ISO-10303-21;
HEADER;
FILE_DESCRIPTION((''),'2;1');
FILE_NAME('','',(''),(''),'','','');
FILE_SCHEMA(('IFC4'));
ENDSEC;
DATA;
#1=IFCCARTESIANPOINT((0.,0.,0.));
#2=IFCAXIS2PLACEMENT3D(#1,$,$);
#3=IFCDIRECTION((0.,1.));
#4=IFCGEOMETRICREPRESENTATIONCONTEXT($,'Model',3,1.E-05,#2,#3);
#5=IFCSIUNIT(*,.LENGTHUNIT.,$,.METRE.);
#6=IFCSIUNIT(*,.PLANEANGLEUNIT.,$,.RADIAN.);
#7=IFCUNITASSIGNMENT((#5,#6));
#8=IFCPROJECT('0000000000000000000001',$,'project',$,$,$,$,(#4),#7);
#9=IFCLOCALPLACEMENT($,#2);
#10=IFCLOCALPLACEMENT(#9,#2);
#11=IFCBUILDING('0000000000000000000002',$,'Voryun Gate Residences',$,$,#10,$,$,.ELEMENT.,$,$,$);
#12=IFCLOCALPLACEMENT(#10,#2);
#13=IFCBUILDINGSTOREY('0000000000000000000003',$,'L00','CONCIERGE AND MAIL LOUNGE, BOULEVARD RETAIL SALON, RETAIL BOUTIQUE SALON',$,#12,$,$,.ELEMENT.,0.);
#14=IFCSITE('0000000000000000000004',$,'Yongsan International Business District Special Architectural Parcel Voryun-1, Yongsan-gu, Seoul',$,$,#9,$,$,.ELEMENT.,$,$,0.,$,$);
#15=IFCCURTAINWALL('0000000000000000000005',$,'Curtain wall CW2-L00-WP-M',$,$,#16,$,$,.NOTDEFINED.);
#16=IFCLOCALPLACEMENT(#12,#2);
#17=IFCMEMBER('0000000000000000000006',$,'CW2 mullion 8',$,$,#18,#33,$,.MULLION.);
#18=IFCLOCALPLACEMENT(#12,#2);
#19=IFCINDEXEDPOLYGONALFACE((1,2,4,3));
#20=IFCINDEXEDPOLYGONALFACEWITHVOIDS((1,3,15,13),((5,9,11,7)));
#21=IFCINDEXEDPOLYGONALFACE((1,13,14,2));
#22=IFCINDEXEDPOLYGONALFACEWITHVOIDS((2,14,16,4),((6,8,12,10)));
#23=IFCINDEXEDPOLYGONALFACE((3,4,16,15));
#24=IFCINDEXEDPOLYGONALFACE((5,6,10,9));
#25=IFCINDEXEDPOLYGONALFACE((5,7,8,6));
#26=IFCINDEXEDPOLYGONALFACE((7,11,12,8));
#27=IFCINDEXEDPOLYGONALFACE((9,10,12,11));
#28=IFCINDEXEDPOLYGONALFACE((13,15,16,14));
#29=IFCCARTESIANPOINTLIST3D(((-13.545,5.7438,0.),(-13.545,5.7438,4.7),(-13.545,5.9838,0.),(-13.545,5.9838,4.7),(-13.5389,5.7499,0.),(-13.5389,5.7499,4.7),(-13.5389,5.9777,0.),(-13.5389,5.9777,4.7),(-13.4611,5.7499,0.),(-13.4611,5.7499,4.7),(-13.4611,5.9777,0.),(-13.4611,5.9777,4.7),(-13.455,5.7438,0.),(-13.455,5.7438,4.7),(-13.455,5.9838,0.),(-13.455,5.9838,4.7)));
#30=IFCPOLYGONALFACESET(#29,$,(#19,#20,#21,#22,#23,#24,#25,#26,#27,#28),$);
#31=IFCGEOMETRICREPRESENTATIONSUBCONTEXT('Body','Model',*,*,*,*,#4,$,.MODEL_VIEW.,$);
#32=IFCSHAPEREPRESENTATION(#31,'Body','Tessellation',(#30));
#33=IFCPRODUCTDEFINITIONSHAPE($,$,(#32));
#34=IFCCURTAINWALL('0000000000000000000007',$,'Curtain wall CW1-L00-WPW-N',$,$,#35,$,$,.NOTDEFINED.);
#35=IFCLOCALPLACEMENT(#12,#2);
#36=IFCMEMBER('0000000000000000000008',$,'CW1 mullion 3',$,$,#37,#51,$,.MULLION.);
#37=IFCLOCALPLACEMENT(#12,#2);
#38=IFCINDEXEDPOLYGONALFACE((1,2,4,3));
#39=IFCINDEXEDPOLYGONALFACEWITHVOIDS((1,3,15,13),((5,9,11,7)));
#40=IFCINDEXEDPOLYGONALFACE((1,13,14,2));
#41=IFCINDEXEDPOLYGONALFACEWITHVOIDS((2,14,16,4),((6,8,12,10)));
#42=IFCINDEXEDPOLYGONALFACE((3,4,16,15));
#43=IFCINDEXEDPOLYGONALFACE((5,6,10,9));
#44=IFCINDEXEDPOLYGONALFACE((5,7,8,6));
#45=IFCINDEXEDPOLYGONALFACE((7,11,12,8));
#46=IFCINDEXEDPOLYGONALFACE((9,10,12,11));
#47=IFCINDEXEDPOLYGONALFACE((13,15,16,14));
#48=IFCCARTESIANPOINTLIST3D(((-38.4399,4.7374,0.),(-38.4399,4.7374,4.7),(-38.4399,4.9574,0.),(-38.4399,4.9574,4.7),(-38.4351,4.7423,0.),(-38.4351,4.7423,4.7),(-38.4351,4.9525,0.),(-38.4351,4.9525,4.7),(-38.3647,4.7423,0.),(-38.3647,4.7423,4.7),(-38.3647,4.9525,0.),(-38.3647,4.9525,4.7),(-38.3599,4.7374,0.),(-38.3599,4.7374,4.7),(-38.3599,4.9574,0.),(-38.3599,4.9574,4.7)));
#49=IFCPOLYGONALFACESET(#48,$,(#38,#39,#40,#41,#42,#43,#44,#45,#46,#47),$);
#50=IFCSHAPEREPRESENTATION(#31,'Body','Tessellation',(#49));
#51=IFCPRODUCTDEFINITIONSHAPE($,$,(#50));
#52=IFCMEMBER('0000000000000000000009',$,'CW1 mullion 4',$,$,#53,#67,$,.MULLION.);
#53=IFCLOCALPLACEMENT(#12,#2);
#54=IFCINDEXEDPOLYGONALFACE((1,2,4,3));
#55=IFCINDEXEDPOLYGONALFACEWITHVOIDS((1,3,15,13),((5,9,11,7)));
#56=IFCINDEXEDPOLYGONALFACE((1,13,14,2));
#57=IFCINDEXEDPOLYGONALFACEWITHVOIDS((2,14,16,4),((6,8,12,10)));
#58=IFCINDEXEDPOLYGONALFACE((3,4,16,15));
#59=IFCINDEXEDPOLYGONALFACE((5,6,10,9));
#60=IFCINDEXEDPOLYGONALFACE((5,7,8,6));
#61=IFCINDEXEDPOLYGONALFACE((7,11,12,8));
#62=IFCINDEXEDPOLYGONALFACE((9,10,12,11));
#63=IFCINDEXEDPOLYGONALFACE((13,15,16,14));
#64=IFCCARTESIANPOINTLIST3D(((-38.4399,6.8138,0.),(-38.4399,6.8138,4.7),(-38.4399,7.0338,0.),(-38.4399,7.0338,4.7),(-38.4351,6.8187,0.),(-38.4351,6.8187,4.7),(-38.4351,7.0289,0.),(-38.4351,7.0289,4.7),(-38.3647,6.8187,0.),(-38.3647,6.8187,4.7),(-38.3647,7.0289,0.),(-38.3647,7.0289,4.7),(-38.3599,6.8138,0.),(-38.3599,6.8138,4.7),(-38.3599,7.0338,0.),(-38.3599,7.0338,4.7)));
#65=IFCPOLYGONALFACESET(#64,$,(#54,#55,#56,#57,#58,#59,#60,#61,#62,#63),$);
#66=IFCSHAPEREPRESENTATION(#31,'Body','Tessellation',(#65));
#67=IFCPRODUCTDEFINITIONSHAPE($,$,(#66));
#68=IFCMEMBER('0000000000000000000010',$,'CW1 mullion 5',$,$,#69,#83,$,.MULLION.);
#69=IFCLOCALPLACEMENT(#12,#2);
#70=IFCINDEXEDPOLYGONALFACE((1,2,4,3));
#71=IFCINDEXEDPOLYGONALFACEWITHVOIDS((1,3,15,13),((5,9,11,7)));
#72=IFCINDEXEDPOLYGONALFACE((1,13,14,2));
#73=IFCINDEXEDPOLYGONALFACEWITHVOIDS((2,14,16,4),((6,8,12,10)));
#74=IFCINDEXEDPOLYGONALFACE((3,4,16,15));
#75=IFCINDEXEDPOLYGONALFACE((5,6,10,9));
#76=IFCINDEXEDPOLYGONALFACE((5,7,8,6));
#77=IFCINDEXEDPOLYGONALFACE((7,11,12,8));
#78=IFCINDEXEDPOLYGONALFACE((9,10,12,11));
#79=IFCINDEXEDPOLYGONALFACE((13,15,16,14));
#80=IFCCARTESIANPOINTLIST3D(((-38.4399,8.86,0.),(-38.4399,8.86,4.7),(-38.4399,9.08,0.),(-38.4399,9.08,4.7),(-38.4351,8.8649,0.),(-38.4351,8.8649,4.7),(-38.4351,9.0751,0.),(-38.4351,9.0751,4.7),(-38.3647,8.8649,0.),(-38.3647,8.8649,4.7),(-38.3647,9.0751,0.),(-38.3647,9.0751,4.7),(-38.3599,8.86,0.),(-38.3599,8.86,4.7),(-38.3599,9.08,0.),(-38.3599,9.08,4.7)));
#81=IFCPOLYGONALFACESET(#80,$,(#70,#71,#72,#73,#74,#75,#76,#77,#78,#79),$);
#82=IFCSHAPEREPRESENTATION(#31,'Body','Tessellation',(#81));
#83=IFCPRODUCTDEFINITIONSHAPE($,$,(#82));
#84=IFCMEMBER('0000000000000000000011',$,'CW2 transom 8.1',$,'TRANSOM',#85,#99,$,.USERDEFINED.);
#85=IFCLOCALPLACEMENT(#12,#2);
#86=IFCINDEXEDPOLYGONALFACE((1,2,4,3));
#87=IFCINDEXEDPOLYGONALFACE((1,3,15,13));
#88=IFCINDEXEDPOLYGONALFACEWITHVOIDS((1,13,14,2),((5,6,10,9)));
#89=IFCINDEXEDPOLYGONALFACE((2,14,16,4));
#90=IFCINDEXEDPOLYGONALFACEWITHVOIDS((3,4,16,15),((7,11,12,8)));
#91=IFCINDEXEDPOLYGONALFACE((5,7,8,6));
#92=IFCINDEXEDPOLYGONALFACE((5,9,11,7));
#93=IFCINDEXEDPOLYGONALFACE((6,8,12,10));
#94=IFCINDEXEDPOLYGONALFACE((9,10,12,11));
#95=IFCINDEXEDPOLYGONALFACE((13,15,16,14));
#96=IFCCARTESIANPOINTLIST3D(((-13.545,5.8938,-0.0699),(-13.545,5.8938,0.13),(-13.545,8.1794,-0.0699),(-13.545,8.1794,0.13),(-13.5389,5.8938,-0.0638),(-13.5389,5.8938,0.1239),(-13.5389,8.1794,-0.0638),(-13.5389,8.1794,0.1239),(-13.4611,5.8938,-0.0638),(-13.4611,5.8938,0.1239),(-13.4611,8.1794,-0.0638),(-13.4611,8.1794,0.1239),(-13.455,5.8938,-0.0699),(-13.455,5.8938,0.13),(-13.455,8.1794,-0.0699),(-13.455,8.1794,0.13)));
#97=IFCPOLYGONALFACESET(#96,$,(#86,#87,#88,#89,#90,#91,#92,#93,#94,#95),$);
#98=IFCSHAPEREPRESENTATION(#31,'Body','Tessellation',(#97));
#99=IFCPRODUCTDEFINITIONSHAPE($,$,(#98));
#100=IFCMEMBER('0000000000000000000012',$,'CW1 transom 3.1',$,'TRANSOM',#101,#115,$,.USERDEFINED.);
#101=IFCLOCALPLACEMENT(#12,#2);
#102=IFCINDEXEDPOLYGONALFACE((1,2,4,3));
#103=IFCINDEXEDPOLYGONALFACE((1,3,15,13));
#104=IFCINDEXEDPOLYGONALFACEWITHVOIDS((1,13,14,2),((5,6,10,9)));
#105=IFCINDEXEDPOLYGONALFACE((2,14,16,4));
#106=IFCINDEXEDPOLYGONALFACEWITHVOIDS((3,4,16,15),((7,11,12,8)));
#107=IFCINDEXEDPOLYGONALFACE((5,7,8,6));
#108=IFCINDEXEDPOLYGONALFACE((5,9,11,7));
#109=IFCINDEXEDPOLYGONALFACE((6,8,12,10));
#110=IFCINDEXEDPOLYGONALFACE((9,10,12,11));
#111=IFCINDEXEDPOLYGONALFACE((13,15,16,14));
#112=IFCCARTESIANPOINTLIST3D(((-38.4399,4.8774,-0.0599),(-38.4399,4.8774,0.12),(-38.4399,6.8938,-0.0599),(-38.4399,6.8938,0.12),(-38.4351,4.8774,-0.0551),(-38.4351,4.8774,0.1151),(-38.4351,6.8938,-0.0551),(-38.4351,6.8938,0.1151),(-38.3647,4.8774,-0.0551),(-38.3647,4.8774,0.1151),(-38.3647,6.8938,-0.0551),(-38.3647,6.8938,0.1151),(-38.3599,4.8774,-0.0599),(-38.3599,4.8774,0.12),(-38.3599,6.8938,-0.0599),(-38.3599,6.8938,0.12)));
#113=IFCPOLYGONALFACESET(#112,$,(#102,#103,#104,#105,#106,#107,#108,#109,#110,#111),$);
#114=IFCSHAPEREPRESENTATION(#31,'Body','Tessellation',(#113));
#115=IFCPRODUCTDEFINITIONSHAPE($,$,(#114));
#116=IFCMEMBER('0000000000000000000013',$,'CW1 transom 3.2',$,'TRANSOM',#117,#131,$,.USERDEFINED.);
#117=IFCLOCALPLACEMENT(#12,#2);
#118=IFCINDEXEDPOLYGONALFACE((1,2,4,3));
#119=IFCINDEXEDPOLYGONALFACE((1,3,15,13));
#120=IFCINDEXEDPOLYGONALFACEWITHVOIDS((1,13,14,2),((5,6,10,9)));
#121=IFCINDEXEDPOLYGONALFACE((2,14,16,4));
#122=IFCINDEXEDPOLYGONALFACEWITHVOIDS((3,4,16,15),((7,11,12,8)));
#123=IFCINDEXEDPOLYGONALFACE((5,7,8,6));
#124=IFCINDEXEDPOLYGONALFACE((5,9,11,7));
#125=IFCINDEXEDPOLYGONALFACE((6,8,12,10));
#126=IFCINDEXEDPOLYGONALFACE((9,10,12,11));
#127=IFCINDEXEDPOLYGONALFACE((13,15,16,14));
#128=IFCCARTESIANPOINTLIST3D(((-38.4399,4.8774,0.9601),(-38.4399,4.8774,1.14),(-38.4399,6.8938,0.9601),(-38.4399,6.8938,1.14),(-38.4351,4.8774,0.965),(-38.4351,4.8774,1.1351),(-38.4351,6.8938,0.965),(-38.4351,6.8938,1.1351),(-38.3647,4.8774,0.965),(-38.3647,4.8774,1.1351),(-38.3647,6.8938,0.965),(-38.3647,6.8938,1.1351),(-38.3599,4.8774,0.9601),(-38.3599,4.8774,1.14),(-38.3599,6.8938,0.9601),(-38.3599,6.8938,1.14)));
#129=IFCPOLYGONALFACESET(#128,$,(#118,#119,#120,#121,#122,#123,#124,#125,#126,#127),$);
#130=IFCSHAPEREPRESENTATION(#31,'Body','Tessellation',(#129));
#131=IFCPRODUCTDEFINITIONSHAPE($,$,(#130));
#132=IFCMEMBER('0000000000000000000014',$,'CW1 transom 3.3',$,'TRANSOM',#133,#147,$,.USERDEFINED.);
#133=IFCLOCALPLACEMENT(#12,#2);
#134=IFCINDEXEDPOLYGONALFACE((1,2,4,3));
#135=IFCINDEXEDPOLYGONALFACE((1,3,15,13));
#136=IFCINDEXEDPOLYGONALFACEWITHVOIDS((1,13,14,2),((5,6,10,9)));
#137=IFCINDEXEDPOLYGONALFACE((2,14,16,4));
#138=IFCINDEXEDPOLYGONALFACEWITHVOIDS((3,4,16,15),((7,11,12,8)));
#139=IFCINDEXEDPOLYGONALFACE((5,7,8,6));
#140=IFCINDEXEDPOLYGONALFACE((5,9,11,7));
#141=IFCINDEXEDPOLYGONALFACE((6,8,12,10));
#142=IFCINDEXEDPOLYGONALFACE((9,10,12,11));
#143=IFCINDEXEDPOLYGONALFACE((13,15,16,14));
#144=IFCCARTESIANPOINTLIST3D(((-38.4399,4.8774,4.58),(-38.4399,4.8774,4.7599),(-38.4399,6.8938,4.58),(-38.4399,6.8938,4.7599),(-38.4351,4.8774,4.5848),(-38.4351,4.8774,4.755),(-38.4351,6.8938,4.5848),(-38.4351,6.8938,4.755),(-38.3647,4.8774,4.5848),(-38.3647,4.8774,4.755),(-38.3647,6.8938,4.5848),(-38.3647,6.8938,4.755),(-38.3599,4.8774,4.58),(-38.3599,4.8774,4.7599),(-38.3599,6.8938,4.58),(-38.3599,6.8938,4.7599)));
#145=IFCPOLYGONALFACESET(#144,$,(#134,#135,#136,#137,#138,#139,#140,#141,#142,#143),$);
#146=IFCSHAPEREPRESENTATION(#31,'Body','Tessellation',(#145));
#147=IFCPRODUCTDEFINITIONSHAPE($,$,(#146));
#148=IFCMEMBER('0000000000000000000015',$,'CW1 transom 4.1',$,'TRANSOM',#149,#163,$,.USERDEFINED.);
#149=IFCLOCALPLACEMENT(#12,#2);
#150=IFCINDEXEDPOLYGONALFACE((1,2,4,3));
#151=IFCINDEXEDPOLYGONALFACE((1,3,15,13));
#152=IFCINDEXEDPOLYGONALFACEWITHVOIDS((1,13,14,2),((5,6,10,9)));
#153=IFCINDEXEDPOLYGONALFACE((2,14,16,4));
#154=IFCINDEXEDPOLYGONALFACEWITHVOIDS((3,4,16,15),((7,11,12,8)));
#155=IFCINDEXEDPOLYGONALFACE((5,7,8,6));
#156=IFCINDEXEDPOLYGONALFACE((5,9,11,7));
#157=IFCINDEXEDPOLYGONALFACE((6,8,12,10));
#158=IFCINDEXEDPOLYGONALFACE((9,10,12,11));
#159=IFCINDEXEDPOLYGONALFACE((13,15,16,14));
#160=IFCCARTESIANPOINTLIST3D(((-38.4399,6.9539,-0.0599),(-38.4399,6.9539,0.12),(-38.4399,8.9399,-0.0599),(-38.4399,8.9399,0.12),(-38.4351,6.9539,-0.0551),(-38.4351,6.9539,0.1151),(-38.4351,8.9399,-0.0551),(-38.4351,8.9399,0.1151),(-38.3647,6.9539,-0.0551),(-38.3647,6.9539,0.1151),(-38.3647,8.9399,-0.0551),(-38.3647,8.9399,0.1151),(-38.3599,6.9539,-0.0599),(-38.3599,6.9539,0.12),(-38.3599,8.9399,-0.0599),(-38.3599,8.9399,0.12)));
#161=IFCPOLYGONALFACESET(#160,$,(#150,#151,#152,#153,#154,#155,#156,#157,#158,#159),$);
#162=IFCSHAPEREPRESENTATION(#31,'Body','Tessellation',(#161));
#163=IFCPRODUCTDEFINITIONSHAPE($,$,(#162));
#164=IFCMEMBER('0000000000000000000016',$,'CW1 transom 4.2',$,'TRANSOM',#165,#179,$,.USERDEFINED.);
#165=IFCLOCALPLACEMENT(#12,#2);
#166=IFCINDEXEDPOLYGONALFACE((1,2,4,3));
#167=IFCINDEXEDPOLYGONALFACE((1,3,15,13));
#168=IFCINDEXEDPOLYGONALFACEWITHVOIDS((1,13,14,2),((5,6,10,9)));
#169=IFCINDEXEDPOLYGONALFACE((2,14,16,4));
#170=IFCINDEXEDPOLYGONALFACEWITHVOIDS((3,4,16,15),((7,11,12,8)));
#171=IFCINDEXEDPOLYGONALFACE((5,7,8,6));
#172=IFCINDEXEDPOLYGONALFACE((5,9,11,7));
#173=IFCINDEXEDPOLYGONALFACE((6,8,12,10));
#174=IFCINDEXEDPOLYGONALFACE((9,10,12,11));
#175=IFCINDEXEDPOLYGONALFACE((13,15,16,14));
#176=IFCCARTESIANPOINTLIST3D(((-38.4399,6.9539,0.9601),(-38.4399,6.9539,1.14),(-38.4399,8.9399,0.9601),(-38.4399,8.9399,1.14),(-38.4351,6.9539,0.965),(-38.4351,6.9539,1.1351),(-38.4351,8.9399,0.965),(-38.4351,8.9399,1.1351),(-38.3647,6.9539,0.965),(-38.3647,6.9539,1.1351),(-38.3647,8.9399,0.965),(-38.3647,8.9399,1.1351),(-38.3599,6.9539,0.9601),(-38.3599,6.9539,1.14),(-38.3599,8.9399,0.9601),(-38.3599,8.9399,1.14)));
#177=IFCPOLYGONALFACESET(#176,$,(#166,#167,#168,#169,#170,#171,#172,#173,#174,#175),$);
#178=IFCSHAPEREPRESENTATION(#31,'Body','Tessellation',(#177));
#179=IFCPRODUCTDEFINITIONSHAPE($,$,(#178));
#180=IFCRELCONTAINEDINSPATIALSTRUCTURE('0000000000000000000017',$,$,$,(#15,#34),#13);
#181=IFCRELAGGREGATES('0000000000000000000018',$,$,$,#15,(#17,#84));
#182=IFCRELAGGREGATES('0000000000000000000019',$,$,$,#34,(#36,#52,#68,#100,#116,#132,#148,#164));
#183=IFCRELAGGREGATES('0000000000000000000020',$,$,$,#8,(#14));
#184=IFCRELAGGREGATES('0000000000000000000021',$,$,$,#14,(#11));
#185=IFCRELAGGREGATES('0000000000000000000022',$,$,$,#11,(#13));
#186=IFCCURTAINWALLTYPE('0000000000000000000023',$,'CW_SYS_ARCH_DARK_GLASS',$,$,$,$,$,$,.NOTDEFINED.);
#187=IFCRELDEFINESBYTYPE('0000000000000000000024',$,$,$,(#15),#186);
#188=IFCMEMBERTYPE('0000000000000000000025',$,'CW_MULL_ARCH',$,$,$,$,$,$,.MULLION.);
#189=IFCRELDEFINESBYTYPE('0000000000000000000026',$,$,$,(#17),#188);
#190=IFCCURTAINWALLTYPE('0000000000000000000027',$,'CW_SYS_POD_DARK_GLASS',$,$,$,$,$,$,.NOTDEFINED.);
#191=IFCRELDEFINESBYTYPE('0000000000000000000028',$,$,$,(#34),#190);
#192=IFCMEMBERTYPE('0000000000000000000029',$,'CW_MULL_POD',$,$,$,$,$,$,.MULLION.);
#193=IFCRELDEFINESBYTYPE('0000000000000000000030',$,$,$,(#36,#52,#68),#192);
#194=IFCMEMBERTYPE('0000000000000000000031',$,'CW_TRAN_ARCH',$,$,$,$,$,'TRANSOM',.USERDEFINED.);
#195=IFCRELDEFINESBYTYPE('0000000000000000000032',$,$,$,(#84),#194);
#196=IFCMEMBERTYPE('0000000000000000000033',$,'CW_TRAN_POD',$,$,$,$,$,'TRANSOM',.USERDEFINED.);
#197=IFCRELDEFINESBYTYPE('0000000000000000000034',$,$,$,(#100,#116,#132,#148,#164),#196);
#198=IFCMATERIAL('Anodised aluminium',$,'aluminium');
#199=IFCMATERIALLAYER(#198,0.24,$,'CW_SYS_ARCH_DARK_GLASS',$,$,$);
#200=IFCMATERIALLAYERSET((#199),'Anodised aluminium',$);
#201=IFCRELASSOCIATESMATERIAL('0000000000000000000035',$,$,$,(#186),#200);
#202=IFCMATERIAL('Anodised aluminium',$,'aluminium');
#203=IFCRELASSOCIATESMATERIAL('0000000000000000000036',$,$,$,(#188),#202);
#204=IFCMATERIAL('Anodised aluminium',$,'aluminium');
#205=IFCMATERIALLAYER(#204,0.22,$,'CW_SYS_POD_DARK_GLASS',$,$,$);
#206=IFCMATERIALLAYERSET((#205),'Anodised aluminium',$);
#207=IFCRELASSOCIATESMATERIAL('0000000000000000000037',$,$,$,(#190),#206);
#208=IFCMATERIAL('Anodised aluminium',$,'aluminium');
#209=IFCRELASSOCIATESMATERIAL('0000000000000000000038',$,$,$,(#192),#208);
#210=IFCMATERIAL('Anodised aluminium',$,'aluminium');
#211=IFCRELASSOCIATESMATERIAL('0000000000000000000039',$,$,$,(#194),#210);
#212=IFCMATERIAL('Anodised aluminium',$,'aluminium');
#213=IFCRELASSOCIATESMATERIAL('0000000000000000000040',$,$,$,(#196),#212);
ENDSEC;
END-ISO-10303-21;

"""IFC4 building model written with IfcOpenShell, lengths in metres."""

from ifc_helpers import new_model, si_unit, direction, frame, origin, origin_2d, place, context, subcontext, project, spatial, hollow_rectangle, extrude, material, layer, layer_set, material_profile, profile_set, type_object, element, aggregate, save


model = new_model("IFC4")

# Units and contexts
model_context = context("Model", 3, precision=1e-05, world=origin(), true_north=direction((0.0, 1.0)))
body_context = subcontext(model_context, "Body", "Model", "MODEL_VIEW")
ifc_project = project(units=[si_unit("LENGTHUNIT", "METRE"), si_unit("PLANEANGLEUNIT", "RADIAN")], contexts=[model_context])

# Site, building, storey
site_placement = place(None, origin())
site = spatial("IfcSite", under=ifc_project, at=site_placement, Name="Yongsan International Business District Special Architectural Parcel Voryun-1, Yongsan-gu, Seoul", CompositionType="ELEMENT", RefElevation=0.0)
building_placement = place(site_placement, origin())
building = spatial("IfcBuilding", under=site, at=building_placement, Name="Voryun Gate Residences", CompositionType="ELEMENT")
storey_placement = place(building_placement, origin())
storey = spatial("IfcBuildingStorey", under=building, at=storey_placement, Name="L00", Description="CONCIERGE AND MAIL LOUNGE, BOULEVARD RETAIL SALON, RETAIL BOUTIQUE SALON", CompositionType="ELEMENT", Elevation=0.0)

# Curtain wall, member
ifc_material_1 = material(Name="Anodised aluminium", Category="aluminium")
ifc_layer_1 = layer(ifc_material_1, 0.24, Name="CW_SYS_ARCH_DARK_GLASS")
ifc_layer_set_1 = layer_set([ifc_layer_1], Name="Anodised aluminium")
curtain_wall_type_1 = type_object("IfcCurtainWallType", Name="CW_SYS_ARCH_DARK_GLASS", PredefinedType="NOTDEFINED", material=ifc_layer_set_1)
curtain_wall_1_placement = place(storey_placement, origin())
curtain_wall_1 = element("IfcCurtainWall", 1, at=curtain_wall_1_placement, inside=storey, type_object=curtain_wall_type_1, Name="Curtain wall CW2-L00-WP-M", PredefinedType="NOTDEFINED")
ifc_material_2 = material(Name="Anodised aluminium", Category="aluminium")
ifc_material_profile_1 = material_profile(ifc_material_2, hollow_rectangle(XDim=0.0901, YDim=0.24, WallThickness=0.0061, at=origin_2d()), Name="ALU-MULL-240x90x6")
ifc_profile_set_1 = profile_set([ifc_material_profile_1], Name="Anodised aluminium")
member_type_1 = type_object("IfcMemberType", Name="CW_MULL_ARCH", PredefinedType="MULLION", material=ifc_profile_set_1)
member_1_placement = place(storey_placement, frame((-13.5, 5.8638, 0.0), z_axis=(0.0, 0.0, 1.0), x_axis=(-1.0, 0.0, 0.0)))
member_1 = element("IfcMember", 2, at=member_1_placement, type_object=member_type_1, Name="CW2 mullion 8", PredefinedType="MULLION", context=body_context, shape_type="SweptSolid", body=[
    extrude(hollow_rectangle(XDim=0.0901, YDim=0.24, WallThickness=0.0061, at=origin_2d()), origin(), (0.0, 0.0, 1.0), 4.7),
])

# Curtain wall, members
ifc_material_3 = material(Name="Anodised aluminium", Category="aluminium")
ifc_layer_2 = layer(ifc_material_3, 0.22, Name="CW_SYS_POD_DARK_GLASS")
ifc_layer_set_2 = layer_set([ifc_layer_2], Name="Anodised aluminium")
curtain_wall_type_2 = type_object("IfcCurtainWallType", Name="CW_SYS_POD_DARK_GLASS", PredefinedType="NOTDEFINED", material=ifc_layer_set_2)
curtain_wall_2_placement = place(storey_placement, origin())
curtain_wall_2 = element("IfcCurtainWall", 3, at=curtain_wall_2_placement, inside=storey, type_object=curtain_wall_type_2, Name="Curtain wall CW1-L00-WPW-N", PredefinedType="NOTDEFINED")
ifc_material_4 = material(Name="Anodised aluminium", Category="aluminium")
ifc_material_profile_2 = material_profile(ifc_material_4, hollow_rectangle(XDim=0.0801, YDim=0.22, WallThickness=0.0049, at=origin_2d()), Name="ALU-MULL-220x80x5")
ifc_profile_set_2 = profile_set([ifc_material_profile_2], Name="Anodised aluminium")
member_type_2 = type_object("IfcMemberType", Name="CW_MULL_POD", PredefinedType="MULLION", material=ifc_profile_set_2)
member_2_placement = place(storey_placement, frame((-38.3999, 4.8474, 0.0), z_axis=(0.0, 0.0, 1.0), x_axis=(-1.0, 0.0, 0.0)))
member_2 = element("IfcMember", 4, at=member_2_placement, type_object=member_type_2, Name="CW1 mullion 3", PredefinedType="MULLION", context=body_context, shape_type="SweptSolid", body=[
    extrude(hollow_rectangle(XDim=0.0801, YDim=0.22, WallThickness=0.0049, at=origin_2d()), origin(), (0.0, 0.0, 1.0), 4.7),
])
member_3_placement = place(storey_placement, frame((-38.3999, 6.9238, 0.0), z_axis=(0.0, 0.0, 1.0), x_axis=(-1.0, 0.0, 0.0)))
member_3 = element("IfcMember", 5, at=member_3_placement, type_object=member_type_2, Name="CW1 mullion 4", PredefinedType="MULLION", context=body_context, shape_type="SweptSolid", body=[
    extrude(hollow_rectangle(XDim=0.0801, YDim=0.22, WallThickness=0.0049, at=origin_2d()), origin(), (0.0, 0.0, 1.0), 4.7),
])
member_4_placement = place(storey_placement, frame((-38.3999, 8.97, 0.0), z_axis=(0.0, 0.0, 1.0), x_axis=(-1.0, 0.0, 0.0)))
member_4 = element("IfcMember", 6, at=member_4_placement, type_object=member_type_2, Name="CW1 mullion 5", PredefinedType="MULLION", context=body_context, shape_type="SweptSolid", body=[
    extrude(hollow_rectangle(XDim=0.0801, YDim=0.22, WallThickness=0.0049, at=origin_2d()), origin(), (0.0, 0.0, 1.0), 4.7),
])

# Members
ifc_material_5 = material(Name="Anodised aluminium", Category="aluminium")
ifc_material_profile_3 = material_profile(ifc_material_5, hollow_rectangle(XDim=0.0901, YDim=0.2, WallThickness=0.0061, at=origin_2d()), Name="ALU-TRAN-200x90x6")
ifc_profile_set_3 = profile_set([ifc_material_profile_3], Name="Anodised aluminium")
member_type_3 = type_object("IfcMemberType", Name="CW_TRAN_ARCH", ElementType="TRANSOM", PredefinedType="USERDEFINED", material=ifc_profile_set_3)
member_5_placement = place(storey_placement, frame((-13.5, 5.8938, 0.03), z_axis=(0.0, 1.0, 0.0), x_axis=(-1.0, 0.0, 0.0)))
member_5 = element("IfcMember", 7, at=member_5_placement, type_object=member_type_3, Name="CW2 transom 8.1", ObjectType="TRANSOM", PredefinedType="USERDEFINED", context=body_context, shape_type="SweptSolid", body=[
    extrude(hollow_rectangle(XDim=0.0901, YDim=0.2, WallThickness=0.0061, at=origin_2d()), origin(), (0.0, 0.0, 1.0), 2.2856),
])
aggregate(curtain_wall_1, [member_1, member_5])
ifc_material_6 = material(Name="Anodised aluminium", Category="aluminium")
ifc_material_profile_4 = material_profile(ifc_material_6, hollow_rectangle(XDim=0.0801, YDim=0.1799, WallThickness=0.0049, at=origin_2d()), Name="ALU-TRAN-180x80x5")
ifc_profile_set_4 = profile_set([ifc_material_profile_4], Name="Anodised aluminium")
member_type_4 = type_object("IfcMemberType", Name="CW_TRAN_POD", ElementType="TRANSOM", PredefinedType="USERDEFINED", material=ifc_profile_set_4)
member_6_placement = place(storey_placement, frame((-38.3999, 4.8774, 0.03), z_axis=(0.0, 1.0, 0.0), x_axis=(-1.0, 0.0, 0.0)))
member_6 = element("IfcMember", 8, at=member_6_placement, type_object=member_type_4, Name="CW1 transom 3.1", ObjectType="TRANSOM", PredefinedType="USERDEFINED", context=body_context, shape_type="SweptSolid", body=[
    extrude(hollow_rectangle(XDim=0.0801, YDim=0.1799, WallThickness=0.0049, at=origin_2d()), origin(), (0.0, 0.0, 1.0), 2.0164),
])
member_7_placement = place(storey_placement, frame((-38.3999, 4.8774, 1.05), z_axis=(0.0, 1.0, 0.0), x_axis=(-1.0, 0.0, 0.0)))
member_7 = element("IfcMember", 9, at=member_7_placement, type_object=member_type_4, Name="CW1 transom 3.2", ObjectType="TRANSOM", PredefinedType="USERDEFINED", context=body_context, shape_type="SweptSolid", body=[
    extrude(hollow_rectangle(XDim=0.0801, YDim=0.1799, WallThickness=0.0049, at=origin_2d()), origin(), (0.0, 0.0, 1.0), 2.0164),
])
member_8_placement = place(storey_placement, frame((-38.3999, 4.8774, 4.6699), z_axis=(0.0, 1.0, 0.0), x_axis=(-1.0, 0.0, 0.0)))
member_8 = element("IfcMember", 10, at=member_8_placement, type_object=member_type_4, Name="CW1 transom 3.3", ObjectType="TRANSOM", PredefinedType="USERDEFINED", context=body_context, shape_type="SweptSolid", body=[
    extrude(hollow_rectangle(XDim=0.0801, YDim=0.1799, WallThickness=0.0049, at=origin_2d()), origin(), (0.0, 0.0, 1.0), 2.0164),
])
member_9_placement = place(storey_placement, frame((-38.3999, 6.9539, 0.03), z_axis=(0.0, 1.0, 0.0), x_axis=(-1.0, 0.0, 0.0)))
member_9 = element("IfcMember", 11, at=member_9_placement, type_object=member_type_4, Name="CW1 transom 4.1", ObjectType="TRANSOM", PredefinedType="USERDEFINED", context=body_context, shape_type="SweptSolid", body=[
    extrude(hollow_rectangle(XDim=0.0801, YDim=0.1799, WallThickness=0.0049, at=origin_2d()), origin(), (0.0, 0.0, 1.0), 1.9861),
])
member_10_placement = place(storey_placement, frame((-38.3999, 6.9539, 1.05), z_axis=(0.0, 1.0, 0.0), x_axis=(-1.0, 0.0, 0.0)))
member_10 = element("IfcMember", 12, at=member_10_placement, type_object=member_type_4, Name="CW1 transom 4.2", ObjectType="TRANSOM", PredefinedType="USERDEFINED", context=body_context, shape_type="SweptSolid", body=[
    extrude(hollow_rectangle(XDim=0.0801, YDim=0.1799, WallThickness=0.0049, at=origin_2d()), origin(), (0.0, 0.0, 1.0), 1.9861),
])

aggregate(curtain_wall_2, [member_2, member_3, member_4, member_6, member_7, member_8, member_9, member_10])

save(model, "model.ifc")
